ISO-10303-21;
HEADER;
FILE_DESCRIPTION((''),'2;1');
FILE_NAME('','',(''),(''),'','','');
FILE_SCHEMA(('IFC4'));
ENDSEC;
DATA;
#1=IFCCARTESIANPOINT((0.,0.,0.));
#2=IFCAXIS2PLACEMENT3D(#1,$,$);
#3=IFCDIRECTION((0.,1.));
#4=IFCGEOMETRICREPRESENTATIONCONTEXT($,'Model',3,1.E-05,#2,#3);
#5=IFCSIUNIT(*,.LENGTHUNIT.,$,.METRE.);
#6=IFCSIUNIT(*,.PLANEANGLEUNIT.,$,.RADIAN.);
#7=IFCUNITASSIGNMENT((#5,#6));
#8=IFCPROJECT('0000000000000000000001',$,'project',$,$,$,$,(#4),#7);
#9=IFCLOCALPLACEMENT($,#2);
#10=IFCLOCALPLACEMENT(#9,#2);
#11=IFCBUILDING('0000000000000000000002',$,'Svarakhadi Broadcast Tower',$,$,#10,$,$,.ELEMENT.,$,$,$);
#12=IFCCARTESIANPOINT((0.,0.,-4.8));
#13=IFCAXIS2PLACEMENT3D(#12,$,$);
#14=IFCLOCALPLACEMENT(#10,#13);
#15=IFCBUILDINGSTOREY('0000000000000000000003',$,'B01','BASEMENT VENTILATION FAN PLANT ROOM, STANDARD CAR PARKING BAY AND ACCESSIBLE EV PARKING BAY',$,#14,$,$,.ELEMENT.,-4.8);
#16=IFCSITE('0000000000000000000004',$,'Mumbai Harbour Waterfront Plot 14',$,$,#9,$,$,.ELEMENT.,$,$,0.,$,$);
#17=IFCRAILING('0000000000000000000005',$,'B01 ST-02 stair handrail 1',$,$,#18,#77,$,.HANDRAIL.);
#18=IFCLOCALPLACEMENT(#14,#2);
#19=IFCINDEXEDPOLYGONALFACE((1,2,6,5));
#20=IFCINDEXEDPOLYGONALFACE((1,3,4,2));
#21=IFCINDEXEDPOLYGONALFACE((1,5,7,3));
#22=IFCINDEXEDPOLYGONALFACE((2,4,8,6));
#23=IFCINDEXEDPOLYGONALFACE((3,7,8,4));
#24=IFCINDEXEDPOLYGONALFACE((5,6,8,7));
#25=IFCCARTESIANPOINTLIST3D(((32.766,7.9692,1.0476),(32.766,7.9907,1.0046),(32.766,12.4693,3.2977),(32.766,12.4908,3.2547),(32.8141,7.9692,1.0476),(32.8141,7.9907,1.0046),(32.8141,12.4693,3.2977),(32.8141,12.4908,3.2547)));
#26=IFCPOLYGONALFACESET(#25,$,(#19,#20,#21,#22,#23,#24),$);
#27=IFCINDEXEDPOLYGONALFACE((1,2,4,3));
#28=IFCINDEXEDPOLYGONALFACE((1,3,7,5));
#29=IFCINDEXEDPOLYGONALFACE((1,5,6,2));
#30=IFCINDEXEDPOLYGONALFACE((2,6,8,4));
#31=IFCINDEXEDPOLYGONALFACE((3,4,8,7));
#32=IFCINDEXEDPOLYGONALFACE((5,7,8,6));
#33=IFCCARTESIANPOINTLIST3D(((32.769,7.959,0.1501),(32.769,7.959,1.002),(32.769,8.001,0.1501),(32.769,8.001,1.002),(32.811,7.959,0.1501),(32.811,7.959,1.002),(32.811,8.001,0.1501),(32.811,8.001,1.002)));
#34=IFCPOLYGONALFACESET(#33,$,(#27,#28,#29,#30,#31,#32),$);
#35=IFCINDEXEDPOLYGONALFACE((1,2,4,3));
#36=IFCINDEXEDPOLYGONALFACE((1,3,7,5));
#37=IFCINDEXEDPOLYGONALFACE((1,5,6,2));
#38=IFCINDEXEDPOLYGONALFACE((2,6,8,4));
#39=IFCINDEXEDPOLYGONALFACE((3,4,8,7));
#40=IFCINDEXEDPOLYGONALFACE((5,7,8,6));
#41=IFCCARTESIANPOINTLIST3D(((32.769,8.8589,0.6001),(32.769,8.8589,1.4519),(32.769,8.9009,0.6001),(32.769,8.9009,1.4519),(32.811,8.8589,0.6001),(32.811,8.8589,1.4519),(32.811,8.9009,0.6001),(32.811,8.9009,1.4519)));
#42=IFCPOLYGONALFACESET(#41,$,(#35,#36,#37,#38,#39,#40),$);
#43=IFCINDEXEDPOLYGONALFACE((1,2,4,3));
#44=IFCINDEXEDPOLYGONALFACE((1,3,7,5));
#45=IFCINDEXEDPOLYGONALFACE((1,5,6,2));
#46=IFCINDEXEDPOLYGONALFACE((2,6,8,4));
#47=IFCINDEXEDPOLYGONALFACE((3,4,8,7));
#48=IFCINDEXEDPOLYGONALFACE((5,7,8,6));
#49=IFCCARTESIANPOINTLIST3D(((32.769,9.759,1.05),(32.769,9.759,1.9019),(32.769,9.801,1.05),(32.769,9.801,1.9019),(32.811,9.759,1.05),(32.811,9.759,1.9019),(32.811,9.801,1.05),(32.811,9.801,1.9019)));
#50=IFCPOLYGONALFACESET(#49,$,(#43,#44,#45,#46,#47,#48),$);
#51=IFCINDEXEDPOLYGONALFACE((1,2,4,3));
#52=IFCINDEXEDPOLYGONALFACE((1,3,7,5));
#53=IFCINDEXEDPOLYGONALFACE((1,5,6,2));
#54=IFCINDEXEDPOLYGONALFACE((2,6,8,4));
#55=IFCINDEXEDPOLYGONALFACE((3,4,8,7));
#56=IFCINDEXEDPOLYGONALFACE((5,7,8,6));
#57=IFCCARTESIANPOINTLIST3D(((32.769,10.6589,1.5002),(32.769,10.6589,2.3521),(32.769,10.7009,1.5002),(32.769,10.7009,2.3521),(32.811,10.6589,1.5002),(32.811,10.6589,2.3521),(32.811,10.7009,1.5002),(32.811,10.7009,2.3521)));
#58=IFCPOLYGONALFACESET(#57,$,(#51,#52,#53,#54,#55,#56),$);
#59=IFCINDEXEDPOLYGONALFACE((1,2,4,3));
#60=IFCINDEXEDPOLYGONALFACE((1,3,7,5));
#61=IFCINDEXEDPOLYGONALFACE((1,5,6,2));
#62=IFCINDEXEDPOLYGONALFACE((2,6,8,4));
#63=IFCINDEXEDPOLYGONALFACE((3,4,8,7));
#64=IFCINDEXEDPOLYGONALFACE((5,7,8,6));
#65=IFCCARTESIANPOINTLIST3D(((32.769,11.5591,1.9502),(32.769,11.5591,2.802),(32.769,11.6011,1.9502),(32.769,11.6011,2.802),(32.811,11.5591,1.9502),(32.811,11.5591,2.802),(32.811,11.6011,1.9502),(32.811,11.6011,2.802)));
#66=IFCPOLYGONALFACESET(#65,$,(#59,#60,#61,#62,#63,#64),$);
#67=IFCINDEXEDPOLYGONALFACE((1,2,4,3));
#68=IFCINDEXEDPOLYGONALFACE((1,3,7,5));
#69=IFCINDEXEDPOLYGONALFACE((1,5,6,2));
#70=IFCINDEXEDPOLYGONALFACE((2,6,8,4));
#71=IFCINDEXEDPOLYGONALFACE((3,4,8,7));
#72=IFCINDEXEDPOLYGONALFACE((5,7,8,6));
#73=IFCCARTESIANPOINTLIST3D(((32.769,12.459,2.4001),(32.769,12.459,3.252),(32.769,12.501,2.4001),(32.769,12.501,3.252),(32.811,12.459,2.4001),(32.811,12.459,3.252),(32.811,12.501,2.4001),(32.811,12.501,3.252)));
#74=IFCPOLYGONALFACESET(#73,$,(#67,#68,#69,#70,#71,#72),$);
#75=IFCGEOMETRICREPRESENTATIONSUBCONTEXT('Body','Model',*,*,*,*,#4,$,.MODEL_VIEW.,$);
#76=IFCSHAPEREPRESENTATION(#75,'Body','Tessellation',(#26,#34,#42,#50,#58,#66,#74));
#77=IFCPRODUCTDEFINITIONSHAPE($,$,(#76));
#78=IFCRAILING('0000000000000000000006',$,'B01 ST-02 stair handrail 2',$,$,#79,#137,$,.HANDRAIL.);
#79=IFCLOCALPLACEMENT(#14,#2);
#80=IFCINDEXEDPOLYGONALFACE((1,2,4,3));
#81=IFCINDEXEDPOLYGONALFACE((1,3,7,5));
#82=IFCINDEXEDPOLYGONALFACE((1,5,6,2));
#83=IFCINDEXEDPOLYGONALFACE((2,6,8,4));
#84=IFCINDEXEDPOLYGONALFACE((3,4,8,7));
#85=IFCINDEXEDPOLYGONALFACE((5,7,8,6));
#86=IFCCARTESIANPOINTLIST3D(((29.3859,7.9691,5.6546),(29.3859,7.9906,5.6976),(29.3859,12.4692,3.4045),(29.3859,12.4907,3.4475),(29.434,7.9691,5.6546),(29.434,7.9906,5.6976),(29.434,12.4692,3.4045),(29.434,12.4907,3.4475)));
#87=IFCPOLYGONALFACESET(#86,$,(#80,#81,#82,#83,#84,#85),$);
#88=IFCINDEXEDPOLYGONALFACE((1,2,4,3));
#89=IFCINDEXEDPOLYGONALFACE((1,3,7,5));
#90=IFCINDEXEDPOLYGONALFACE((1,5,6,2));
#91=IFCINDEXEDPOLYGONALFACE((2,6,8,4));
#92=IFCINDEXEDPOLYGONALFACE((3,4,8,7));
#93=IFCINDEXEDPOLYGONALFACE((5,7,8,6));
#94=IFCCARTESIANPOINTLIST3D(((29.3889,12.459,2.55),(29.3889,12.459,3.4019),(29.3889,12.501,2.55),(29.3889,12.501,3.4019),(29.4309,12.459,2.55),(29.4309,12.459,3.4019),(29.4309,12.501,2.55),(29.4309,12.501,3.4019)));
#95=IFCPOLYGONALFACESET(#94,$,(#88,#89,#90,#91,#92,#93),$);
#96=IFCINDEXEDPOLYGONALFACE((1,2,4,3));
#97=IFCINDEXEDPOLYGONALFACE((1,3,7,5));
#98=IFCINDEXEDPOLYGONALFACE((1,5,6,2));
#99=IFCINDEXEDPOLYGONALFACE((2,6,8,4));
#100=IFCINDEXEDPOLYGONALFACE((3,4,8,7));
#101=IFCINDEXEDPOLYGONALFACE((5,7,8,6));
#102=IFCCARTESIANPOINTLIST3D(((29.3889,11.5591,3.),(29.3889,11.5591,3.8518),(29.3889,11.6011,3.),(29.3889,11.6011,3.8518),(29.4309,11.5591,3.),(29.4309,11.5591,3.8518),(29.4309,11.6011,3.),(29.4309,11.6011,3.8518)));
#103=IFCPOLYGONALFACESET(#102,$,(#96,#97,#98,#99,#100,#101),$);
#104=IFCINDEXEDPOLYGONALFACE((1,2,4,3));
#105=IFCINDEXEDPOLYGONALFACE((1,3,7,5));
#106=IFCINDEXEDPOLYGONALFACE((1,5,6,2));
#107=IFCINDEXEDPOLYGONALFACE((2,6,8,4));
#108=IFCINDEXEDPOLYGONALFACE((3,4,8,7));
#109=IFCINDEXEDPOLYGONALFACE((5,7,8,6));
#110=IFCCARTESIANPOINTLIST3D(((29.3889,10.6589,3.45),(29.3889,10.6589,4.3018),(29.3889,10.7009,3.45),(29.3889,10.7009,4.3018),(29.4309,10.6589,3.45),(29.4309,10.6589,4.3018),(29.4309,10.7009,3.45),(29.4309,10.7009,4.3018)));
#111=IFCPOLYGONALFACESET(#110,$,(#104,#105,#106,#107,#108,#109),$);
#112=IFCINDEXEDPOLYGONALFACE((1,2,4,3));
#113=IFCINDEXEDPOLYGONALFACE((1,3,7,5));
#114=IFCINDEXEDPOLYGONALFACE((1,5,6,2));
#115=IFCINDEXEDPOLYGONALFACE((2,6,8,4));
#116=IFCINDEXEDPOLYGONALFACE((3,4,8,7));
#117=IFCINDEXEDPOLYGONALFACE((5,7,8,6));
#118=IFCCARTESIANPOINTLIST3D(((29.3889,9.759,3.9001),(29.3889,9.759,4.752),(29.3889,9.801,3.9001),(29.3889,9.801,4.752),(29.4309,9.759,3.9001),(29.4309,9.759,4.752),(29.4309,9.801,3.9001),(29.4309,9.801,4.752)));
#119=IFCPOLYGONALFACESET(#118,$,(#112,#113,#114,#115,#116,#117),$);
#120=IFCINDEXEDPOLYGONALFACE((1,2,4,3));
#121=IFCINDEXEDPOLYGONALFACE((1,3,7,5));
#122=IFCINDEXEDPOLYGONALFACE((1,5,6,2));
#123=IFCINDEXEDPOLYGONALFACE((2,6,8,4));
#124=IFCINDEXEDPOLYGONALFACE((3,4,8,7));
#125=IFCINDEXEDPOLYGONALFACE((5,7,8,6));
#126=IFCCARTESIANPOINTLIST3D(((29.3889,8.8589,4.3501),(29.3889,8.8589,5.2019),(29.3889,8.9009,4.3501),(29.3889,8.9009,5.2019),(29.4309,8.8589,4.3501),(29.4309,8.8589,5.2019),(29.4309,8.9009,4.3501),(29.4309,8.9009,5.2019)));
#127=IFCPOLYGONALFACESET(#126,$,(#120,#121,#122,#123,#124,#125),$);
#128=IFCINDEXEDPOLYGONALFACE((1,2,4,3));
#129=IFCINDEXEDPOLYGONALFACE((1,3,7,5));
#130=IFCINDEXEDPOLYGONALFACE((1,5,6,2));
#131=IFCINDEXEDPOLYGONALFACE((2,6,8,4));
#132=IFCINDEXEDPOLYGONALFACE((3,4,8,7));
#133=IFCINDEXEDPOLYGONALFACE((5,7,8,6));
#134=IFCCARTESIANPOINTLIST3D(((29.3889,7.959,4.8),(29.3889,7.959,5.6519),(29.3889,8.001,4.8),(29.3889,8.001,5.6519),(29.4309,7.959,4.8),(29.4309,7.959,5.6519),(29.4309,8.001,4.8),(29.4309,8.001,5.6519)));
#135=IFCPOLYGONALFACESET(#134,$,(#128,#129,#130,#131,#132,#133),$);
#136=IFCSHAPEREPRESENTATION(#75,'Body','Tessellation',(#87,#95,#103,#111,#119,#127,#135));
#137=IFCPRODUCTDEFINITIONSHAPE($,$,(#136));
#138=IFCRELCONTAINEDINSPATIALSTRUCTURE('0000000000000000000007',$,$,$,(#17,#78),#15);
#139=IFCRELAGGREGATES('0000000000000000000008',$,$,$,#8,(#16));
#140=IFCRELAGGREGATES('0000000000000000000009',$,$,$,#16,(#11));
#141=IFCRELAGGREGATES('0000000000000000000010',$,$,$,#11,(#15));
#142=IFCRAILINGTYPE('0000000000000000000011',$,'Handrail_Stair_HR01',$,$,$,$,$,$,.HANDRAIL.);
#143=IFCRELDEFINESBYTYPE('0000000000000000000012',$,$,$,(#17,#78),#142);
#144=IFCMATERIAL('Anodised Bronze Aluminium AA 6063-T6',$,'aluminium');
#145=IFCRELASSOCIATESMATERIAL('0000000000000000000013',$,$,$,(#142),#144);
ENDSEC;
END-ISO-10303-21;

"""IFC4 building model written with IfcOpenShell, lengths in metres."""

from ifc_helpers import new_model, si_unit, direction, frame, origin, origin_2d, place, context, subcontext, project, spatial, rectangle, extrude, material, type_object, element, save


model = new_model("IFC4")

# Units and contexts
model_context = context("Model", 3, precision=1e-05, world=origin(), true_north=direction((0.0, 1.0)))
body_context = subcontext(model_context, "Body", "Model", "MODEL_VIEW")
ifc_project = project(units=[si_unit("LENGTHUNIT", "METRE"), si_unit("PLANEANGLEUNIT", "RADIAN")], contexts=[model_context])

# Site, building, storey
site_placement = place(None, origin())
site = spatial("IfcSite", under=ifc_project, at=site_placement, Name="Mumbai Harbour Waterfront Plot 14", CompositionType="ELEMENT", RefElevation=0.0)
building_placement = place(site_placement, origin())
building = spatial("IfcBuilding", under=site, at=building_placement, Name="Svarakhadi Broadcast Tower", CompositionType="ELEMENT")
storey_placement = place(building_placement, frame((0.0, 0.0, -4.8)))
storey = spatial("IfcBuildingStorey", under=building, at=storey_placement, Name="B01", Description="BASEMENT VENTILATION FAN PLANT ROOM, STANDARD CAR PARKING BAY AND ACCESSIBLE EV PARKING BAY", CompositionType="ELEMENT", Elevation=-4.8)

# Railings
ifc_material_1 = material(Name="Anodised Bronze Aluminium AA 6063-T6", Category="aluminium")
railing_type_1 = type_object("IfcRailingType", Name="Handrail_Stair_HR01", PredefinedType="HANDRAIL", material=ifc_material_1)
railing_1_placement = place(storey_placement, frame((32.79, 7.98, 0.1501)))
element("IfcRailing", 1, at=railing_1_placement, inside=storey, type_object=railing_type_1, Name="B01 ST-02 stair handrail 1", PredefinedType="HANDRAIL", context=body_context, shape_type="SweptSolid", body=[
    extrude(rectangle(XDim=0.0481, YDim=0.0481, at=origin_2d()), frame((0.0, 0.0, 0.876), z_axis=(0.0, 0.894427, 0.447214), x_axis=(-1.0, 0.0, 0.0)), (0.0, 0.0, 1.0), 5.0312),
    extrude(rectangle(XDim=0.042, YDim=0.042, at=origin_2d()), origin(), (0.0, 0.0, 1.0), 0.8518),
    extrude(rectangle(XDim=0.042, YDim=0.042, at=origin_2d()), frame((0.0, 0.8999, 0.45)), (0.0, 0.0, 1.0), 0.8518),
    extrude(rectangle(XDim=0.042, YDim=0.042, at=origin_2d()), frame((0.0, 1.8, 0.8999)), (0.0, 0.0, 1.0), 0.8518),
    extrude(rectangle(XDim=0.042, YDim=0.042, at=origin_2d()), frame((0.0, 2.7, 1.3501)), (0.0, 0.0, 1.0), 0.8518),
    extrude(rectangle(XDim=0.042, YDim=0.042, at=origin_2d()), frame((0.0, 3.6001, 1.8)), (0.0, 0.0, 1.0), 0.8518),
    extrude(rectangle(XDim=0.042, YDim=0.042, at=origin_2d()), frame((0.0, 4.5, 2.25)), (0.0, 0.0, 1.0), 0.8518),
])
railing_2_placement = place(storey_placement, frame((29.4099, 12.48, 2.55)))
element("IfcRailing", 2, at=railing_2_placement, inside=storey, type_object=railing_type_1, Name="B01 ST-02 stair handrail 2", PredefinedType="HANDRAIL", context=body_context, shape_type="SweptSolid", body=[
    extrude(rectangle(XDim=0.0481, YDim=0.0481, at=origin_2d()), frame((0.0, 0.0, 0.876), z_axis=(0.0, -0.894427, 0.447214), x_axis=(1.0, 0.0, 0.0)), (0.0, 0.0, 1.0), 5.0312),
    extrude(rectangle(XDim=0.042, YDim=0.042, at=origin_2d()), origin(), (0.0, 0.0, 1.0), 0.8518),
    extrude(rectangle(XDim=0.042, YDim=0.042, at=origin_2d()), frame((0.0, -0.8999, 0.45)), (0.0, 0.0, 1.0), 0.8518),
    extrude(rectangle(XDim=0.042, YDim=0.042, at=origin_2d()), frame((0.0, -1.8, 0.8999)), (0.0, 0.0, 1.0), 0.8518),
    extrude(rectangle(XDim=0.042, YDim=0.042, at=origin_2d()), frame((0.0, -2.7, 1.3501)), (0.0, 0.0, 1.0), 0.8518),
    extrude(rectangle(XDim=0.042, YDim=0.042, at=origin_2d()), frame((0.0, -3.6001, 1.8)), (0.0, 0.0, 1.0), 0.8518),
    extrude(rectangle(XDim=0.042, YDim=0.042, at=origin_2d()), frame((0.0, -4.5, 2.25)), (0.0, 0.0, 1.0), 0.8518),
])

save(model, "model.ifc")
